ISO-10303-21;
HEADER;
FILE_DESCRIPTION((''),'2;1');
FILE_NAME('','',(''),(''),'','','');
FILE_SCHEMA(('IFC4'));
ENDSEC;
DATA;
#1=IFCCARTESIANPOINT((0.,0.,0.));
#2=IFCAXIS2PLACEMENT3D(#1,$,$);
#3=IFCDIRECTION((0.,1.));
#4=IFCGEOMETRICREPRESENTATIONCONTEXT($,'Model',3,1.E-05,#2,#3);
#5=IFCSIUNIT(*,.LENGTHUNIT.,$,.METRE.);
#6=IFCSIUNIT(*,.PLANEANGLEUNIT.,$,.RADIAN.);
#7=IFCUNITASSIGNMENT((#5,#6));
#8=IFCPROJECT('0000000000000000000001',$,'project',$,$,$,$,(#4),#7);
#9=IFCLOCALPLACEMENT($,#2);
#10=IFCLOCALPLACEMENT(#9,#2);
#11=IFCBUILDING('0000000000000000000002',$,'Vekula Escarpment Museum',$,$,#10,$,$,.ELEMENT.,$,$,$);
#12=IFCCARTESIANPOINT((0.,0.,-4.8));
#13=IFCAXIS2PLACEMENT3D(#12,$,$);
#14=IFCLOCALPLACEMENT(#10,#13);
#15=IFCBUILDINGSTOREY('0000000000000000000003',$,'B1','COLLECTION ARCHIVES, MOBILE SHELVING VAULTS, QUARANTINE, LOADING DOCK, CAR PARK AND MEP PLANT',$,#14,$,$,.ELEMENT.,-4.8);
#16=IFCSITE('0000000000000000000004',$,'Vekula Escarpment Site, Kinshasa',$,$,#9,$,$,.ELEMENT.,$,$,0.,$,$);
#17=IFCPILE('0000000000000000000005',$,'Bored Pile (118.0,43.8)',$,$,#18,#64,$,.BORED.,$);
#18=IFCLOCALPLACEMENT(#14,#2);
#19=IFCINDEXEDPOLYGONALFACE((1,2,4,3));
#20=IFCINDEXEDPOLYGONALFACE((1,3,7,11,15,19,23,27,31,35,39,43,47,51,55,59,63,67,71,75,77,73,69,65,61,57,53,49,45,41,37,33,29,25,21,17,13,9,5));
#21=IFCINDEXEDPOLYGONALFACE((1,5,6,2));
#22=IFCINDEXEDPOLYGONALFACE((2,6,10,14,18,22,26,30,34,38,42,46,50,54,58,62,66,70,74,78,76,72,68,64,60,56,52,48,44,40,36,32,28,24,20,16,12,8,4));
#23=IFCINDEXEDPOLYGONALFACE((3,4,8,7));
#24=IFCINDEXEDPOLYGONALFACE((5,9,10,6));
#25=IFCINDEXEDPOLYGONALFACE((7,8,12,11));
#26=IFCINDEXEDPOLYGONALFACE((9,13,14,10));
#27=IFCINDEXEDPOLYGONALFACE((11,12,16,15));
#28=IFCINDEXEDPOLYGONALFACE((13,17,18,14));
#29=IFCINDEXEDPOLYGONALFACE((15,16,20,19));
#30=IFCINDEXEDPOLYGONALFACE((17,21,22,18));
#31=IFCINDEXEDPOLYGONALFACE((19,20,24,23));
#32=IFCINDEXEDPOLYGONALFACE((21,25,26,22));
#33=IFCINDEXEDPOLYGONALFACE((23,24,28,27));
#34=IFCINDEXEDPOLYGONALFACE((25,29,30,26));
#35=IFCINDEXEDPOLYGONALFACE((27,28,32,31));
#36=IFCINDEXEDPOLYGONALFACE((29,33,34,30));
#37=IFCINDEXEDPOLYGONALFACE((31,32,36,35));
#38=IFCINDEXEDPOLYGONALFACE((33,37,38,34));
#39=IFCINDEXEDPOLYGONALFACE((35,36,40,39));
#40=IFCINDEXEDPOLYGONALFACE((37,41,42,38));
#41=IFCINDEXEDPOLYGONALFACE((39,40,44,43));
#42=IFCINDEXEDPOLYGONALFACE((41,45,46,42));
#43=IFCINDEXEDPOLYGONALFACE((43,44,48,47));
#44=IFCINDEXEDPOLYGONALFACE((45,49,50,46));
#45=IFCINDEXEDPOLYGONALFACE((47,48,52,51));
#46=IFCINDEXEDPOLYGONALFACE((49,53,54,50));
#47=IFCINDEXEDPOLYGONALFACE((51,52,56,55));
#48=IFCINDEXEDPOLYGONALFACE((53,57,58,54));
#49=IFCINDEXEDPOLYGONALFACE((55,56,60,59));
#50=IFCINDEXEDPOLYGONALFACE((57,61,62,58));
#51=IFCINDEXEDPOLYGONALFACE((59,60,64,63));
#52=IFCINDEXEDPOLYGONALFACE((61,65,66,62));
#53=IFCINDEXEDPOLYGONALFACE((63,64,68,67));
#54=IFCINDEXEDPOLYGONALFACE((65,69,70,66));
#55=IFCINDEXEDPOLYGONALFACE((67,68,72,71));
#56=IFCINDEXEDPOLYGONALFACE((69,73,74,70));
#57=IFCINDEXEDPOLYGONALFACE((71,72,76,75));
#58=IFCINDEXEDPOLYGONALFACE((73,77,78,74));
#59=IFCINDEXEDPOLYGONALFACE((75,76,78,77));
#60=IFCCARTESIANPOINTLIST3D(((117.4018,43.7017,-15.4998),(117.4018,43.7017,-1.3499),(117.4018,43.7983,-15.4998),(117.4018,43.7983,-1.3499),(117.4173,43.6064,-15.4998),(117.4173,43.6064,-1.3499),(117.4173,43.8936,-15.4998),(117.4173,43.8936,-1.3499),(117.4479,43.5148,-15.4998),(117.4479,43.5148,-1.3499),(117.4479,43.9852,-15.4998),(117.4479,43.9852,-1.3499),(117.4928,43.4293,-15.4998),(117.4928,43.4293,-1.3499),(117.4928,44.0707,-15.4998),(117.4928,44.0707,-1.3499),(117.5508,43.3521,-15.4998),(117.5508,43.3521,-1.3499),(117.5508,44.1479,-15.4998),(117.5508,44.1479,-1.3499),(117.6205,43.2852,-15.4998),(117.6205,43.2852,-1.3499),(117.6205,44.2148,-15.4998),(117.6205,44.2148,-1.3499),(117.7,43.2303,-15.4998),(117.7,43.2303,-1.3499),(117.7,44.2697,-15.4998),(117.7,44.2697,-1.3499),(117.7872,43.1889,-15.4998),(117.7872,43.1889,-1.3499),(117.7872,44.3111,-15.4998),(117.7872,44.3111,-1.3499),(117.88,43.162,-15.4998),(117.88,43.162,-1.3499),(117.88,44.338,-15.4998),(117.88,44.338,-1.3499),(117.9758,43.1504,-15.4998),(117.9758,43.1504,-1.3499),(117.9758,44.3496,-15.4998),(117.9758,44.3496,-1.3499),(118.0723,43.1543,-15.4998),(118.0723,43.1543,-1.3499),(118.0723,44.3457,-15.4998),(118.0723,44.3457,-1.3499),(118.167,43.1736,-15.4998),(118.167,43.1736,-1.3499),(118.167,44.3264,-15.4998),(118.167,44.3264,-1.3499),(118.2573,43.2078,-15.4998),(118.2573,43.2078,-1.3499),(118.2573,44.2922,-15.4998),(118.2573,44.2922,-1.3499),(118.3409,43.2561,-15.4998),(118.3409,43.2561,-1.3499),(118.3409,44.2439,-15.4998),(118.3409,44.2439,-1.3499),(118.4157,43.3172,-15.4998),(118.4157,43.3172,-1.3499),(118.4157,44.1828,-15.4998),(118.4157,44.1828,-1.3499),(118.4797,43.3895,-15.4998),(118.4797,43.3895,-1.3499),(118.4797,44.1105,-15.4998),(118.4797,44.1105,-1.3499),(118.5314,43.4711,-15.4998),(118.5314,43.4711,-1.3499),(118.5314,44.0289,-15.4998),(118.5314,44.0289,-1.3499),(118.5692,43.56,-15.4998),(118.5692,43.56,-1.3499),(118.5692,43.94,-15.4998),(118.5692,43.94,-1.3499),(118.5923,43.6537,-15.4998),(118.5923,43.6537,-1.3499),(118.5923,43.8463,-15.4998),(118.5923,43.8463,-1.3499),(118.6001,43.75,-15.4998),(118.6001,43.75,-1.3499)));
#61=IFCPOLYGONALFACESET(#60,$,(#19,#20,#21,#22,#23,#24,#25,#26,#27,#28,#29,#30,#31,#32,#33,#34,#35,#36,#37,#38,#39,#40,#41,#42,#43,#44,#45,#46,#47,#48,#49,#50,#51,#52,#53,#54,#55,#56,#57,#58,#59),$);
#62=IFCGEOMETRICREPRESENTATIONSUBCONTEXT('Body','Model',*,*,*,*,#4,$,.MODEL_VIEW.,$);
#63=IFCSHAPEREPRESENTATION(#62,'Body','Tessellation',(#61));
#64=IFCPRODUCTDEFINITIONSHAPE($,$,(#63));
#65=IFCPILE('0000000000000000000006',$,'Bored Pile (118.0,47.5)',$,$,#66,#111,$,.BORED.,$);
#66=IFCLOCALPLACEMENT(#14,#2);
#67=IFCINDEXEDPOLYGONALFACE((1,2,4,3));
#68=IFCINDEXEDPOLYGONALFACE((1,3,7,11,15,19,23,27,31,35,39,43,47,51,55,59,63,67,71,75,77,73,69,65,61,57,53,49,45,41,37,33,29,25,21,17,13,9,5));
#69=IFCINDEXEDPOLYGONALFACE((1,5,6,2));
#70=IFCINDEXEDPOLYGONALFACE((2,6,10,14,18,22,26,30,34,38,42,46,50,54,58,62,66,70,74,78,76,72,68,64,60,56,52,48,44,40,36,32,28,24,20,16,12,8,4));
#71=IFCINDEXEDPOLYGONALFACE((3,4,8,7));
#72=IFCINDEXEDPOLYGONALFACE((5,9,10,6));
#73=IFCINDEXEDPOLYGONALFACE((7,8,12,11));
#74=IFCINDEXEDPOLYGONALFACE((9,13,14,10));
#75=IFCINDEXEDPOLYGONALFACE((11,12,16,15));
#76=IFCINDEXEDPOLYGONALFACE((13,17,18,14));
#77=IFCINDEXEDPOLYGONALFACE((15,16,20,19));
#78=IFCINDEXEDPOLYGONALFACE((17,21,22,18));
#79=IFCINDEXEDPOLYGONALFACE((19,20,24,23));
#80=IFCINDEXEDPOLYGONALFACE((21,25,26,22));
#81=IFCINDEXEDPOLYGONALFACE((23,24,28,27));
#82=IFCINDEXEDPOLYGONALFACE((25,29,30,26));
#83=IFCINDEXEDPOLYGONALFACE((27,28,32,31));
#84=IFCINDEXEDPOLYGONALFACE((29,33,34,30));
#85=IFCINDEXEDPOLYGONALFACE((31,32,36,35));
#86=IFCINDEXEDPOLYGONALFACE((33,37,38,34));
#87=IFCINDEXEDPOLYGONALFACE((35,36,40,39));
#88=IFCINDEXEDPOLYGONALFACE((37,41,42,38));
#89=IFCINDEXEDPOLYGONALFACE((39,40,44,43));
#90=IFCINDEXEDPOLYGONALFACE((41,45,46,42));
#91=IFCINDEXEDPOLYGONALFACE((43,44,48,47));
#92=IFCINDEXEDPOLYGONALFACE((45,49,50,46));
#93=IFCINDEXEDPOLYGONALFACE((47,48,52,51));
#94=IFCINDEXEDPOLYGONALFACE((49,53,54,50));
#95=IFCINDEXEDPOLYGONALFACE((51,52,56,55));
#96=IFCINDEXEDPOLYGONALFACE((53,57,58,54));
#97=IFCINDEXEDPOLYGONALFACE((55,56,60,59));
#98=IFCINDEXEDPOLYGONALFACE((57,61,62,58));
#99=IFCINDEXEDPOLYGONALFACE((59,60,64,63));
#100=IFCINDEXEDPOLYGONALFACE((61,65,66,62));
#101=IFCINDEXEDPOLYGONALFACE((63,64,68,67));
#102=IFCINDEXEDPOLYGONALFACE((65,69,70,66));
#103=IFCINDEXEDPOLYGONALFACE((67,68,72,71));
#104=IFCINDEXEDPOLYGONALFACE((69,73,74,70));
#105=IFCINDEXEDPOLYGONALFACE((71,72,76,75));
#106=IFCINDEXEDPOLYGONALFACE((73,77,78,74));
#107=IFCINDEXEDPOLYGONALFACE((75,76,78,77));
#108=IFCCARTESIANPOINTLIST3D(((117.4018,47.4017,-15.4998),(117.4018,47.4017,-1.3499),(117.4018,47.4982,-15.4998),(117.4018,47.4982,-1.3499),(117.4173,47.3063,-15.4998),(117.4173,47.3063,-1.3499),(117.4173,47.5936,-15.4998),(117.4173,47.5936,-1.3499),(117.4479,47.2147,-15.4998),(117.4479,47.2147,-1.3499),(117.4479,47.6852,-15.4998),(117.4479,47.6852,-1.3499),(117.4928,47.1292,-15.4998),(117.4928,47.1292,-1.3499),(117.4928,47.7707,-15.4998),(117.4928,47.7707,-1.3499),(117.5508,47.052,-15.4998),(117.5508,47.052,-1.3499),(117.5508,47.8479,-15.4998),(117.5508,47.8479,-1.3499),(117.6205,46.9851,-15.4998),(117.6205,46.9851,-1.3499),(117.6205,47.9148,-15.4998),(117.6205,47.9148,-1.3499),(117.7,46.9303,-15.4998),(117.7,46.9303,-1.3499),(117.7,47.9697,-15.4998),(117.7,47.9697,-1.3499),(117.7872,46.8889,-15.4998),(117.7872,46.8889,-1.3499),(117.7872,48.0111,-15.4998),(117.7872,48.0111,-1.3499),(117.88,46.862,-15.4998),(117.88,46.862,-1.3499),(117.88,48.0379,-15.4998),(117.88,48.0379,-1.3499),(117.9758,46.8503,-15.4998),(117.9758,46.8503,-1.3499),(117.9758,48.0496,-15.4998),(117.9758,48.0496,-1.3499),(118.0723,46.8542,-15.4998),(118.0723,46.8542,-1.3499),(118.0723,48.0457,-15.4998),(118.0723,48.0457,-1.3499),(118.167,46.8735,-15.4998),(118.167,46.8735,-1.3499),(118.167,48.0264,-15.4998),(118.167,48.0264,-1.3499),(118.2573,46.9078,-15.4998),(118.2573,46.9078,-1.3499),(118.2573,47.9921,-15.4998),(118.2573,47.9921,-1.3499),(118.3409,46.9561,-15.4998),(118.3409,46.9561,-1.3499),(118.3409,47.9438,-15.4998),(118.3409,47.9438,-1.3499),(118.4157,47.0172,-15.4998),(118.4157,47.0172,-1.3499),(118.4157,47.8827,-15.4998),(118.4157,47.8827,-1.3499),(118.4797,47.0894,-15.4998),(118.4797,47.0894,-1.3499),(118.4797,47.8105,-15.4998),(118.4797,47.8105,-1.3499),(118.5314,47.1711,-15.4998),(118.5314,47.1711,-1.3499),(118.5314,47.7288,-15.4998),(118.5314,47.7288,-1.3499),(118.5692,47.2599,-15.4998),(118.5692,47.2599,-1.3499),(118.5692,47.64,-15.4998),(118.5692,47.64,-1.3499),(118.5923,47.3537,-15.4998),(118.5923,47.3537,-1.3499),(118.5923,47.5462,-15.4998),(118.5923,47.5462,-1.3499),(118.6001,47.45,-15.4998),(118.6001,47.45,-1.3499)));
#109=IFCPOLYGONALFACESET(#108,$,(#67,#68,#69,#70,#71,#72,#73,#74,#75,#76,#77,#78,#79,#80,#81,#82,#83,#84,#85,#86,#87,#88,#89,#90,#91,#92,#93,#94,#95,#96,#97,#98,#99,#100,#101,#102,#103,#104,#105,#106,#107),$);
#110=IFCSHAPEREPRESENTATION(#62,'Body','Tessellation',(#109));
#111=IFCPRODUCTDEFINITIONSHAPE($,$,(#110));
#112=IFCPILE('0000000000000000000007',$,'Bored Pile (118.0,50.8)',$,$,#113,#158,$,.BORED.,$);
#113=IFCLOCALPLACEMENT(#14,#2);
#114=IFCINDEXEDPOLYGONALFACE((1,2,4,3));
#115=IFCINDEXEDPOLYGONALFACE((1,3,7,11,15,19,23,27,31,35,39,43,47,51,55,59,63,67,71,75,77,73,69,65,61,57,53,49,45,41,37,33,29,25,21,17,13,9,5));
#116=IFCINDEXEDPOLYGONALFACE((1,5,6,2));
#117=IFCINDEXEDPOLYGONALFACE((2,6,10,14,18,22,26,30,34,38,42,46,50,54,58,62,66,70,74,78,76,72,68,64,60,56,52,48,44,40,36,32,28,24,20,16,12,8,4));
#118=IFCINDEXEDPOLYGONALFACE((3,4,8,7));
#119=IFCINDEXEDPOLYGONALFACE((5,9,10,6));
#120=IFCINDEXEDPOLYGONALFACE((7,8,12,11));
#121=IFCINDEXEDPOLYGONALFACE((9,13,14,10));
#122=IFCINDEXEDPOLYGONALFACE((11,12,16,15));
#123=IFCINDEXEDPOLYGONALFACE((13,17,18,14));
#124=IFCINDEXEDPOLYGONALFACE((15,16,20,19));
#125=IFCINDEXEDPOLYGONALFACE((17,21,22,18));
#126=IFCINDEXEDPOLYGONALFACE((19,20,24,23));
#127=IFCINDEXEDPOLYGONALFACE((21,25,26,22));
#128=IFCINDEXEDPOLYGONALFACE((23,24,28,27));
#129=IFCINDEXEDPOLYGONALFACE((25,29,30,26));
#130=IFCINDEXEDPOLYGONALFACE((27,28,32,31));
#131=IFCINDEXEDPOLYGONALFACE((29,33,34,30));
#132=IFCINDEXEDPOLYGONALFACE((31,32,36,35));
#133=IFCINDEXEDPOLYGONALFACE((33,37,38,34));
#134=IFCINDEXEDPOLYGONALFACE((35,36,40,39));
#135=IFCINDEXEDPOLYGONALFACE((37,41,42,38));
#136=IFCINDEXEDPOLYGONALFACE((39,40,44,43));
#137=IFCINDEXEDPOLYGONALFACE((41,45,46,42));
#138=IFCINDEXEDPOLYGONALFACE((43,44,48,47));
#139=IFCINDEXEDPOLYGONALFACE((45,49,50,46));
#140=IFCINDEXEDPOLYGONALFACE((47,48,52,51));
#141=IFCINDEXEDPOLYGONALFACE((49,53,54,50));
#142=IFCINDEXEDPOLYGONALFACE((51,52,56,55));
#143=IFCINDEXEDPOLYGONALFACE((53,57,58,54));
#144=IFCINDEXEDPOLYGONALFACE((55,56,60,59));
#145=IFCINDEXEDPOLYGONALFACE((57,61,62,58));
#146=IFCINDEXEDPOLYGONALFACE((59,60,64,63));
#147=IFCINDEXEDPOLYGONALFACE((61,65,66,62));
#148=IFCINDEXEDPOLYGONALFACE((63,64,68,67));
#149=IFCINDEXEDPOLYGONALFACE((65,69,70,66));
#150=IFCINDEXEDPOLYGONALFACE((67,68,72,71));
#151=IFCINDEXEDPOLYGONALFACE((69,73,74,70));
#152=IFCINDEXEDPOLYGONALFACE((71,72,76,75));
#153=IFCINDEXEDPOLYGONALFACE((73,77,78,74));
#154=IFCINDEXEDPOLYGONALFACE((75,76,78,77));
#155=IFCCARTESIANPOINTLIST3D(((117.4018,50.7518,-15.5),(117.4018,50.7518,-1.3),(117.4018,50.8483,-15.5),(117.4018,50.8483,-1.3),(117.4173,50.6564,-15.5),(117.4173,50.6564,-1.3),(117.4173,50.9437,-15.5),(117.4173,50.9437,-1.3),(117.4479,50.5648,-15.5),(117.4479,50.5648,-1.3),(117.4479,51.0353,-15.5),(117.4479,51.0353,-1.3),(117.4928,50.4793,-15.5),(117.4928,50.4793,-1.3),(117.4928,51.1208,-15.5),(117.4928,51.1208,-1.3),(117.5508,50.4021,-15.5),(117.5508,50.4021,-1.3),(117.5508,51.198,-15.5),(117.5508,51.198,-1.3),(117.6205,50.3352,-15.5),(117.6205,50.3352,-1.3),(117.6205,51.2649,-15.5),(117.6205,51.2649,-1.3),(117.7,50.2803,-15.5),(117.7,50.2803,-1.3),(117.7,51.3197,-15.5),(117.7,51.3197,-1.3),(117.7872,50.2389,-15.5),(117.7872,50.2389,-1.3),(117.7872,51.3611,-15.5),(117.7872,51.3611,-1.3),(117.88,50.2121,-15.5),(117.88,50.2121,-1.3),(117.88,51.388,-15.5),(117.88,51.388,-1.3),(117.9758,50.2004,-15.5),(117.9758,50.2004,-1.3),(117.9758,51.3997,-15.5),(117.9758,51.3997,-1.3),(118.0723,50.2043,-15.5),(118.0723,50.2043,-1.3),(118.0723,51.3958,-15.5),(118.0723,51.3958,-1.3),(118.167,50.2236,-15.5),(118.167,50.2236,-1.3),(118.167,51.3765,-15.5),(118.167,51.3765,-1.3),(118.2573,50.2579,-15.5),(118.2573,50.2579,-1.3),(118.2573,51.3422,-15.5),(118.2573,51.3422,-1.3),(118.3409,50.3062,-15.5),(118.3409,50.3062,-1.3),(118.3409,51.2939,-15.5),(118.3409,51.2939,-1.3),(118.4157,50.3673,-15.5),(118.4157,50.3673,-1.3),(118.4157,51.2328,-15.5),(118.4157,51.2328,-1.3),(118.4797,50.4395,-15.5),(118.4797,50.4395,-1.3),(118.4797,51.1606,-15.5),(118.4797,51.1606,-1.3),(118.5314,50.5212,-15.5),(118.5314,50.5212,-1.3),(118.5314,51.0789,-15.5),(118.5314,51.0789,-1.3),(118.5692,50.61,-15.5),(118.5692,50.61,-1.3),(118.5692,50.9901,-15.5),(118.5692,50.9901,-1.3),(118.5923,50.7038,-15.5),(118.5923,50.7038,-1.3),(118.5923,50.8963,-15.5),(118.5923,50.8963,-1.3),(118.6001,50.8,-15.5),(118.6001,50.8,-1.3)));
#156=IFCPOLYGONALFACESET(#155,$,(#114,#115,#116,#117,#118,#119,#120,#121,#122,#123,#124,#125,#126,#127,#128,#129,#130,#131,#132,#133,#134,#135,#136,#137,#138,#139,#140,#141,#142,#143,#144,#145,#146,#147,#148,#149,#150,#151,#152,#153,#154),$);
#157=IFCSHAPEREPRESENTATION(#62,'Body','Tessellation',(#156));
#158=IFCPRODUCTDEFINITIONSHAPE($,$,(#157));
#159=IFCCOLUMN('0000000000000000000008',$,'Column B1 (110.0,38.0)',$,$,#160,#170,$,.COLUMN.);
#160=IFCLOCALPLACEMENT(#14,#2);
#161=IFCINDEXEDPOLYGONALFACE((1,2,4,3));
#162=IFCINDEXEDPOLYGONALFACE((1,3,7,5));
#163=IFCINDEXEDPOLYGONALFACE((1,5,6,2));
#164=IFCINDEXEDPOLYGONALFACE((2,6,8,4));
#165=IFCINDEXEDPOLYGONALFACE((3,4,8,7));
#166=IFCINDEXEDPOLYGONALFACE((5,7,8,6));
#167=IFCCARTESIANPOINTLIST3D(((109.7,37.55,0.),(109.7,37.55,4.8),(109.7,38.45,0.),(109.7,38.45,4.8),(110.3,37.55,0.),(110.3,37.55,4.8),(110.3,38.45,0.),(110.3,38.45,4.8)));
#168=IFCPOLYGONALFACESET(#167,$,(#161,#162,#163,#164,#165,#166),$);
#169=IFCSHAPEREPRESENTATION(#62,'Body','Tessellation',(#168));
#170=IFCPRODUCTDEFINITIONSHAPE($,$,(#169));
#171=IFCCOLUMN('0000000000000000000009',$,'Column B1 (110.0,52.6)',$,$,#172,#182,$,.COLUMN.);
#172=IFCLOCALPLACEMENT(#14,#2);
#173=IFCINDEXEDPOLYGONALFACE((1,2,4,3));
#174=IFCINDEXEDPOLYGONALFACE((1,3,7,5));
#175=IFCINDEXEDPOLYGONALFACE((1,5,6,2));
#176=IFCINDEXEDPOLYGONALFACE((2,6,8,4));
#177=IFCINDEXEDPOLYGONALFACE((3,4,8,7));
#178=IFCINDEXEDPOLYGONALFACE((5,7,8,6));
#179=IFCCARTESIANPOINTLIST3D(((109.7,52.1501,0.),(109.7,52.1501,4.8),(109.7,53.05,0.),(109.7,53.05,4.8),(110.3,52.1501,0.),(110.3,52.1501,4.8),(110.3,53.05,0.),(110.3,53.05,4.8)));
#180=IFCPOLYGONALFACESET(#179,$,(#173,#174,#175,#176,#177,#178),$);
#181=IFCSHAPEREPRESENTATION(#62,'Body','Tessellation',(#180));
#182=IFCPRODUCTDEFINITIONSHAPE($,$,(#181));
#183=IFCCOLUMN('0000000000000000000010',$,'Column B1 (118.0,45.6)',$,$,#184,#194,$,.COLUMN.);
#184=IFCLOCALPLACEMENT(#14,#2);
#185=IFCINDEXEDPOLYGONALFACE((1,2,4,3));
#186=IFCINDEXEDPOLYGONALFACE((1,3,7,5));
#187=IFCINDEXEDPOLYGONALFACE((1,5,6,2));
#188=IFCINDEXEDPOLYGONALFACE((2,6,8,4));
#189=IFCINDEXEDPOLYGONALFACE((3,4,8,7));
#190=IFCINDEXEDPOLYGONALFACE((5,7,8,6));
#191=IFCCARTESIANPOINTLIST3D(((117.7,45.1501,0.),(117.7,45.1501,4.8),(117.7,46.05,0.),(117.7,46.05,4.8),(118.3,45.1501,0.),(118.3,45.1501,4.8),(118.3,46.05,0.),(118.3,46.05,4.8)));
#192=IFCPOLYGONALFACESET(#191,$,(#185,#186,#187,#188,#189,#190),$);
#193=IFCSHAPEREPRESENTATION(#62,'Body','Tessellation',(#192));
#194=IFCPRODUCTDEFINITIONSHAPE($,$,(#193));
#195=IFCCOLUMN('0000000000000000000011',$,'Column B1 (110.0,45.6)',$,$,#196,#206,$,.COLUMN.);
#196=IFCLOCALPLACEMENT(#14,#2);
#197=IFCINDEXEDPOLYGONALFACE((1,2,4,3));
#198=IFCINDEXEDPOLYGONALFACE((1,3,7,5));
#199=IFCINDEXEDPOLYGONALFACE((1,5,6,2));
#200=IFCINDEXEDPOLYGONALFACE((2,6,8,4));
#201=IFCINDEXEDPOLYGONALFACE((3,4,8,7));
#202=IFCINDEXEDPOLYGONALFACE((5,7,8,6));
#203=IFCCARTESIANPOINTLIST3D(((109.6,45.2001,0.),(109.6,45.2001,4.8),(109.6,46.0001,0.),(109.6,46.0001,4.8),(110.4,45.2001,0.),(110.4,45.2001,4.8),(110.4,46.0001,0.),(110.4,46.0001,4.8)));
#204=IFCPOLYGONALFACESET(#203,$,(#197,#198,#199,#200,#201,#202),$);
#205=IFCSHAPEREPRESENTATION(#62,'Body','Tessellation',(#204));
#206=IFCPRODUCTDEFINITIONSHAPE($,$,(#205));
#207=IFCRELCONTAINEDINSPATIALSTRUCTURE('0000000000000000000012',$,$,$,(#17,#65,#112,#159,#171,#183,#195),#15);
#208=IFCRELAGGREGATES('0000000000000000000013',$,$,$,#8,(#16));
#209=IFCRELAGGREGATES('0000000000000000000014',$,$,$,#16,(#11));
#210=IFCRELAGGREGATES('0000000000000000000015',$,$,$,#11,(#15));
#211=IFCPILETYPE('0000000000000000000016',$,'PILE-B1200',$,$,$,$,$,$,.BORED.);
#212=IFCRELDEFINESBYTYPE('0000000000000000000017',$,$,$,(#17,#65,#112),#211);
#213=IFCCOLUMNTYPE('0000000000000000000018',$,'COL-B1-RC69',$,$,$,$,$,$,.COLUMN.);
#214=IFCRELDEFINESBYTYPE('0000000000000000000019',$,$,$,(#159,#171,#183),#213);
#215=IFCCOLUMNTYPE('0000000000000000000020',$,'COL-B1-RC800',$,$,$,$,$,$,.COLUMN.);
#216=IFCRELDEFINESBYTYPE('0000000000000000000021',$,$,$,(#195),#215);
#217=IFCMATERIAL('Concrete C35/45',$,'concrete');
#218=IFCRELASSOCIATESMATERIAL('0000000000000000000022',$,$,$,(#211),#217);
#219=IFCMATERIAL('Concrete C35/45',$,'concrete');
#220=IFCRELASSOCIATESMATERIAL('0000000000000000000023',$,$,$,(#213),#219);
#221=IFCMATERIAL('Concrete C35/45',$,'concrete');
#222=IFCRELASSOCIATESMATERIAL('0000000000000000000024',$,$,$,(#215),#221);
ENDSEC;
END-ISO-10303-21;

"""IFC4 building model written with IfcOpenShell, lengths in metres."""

from ifc_helpers import new_model, si_unit, direction, frame, origin, origin_2d, place, context, subcontext, project, spatial, rectangle, circle, extrude, material, material_profile, profile_set, type_object, element, save


model = new_model("IFC4")

# Units and contexts
model_context = context("Model", 3, precision=1e-05, world=origin(), true_north=direction((0.0, 1.0)))
body_context = subcontext(model_context, "Body", "Model", "MODEL_VIEW")
ifc_project = project(units=[si_unit("LENGTHUNIT", "METRE"), si_unit("PLANEANGLEUNIT", "RADIAN")], contexts=[model_context])

# Site, building, storey
site_placement = place(None, origin())
site = spatial("IfcSite", under=ifc_project, at=site_placement, Name="Vekula Escarpment Site, Kinshasa", CompositionType="ELEMENT", RefElevation=0.0)
building_placement = place(site_placement, origin())
building = spatial("IfcBuilding", under=site, at=building_placement, Name="Vekula Escarpment Museum", CompositionType="ELEMENT")
storey_placement = place(building_placement, frame((0.0, 0.0, -4.8)))
storey = spatial("IfcBuildingStorey", under=building, at=storey_placement, Name="B1", Description="COLLECTION ARCHIVES, MOBILE SHELVING VAULTS, QUARANTINE, LOADING DOCK, CAR PARK AND MEP PLANT", CompositionType="ELEMENT", Elevation=-4.8)

# Piles
ifc_material_1 = material(Name="Concrete C35/45", Category="concrete")
ifc_material_profile_1 = material_profile(ifc_material_1, circle(Radius=0.6001, at=origin_2d()), Name="BORED PILE 1200")
ifc_profile_set_1 = profile_set([ifc_material_profile_1], Name="Concrete C35/45")
pile_type = type_object("IfcPileType", Name="PILE-B1200", PredefinedType="BORED", material=ifc_profile_set_1)
for number, where, z_axis, x_axis, name in (
    (1, (118.0, 43.75, -1.3499), (0.0, 0.0, -1.0), (1.0, 0.0, 0.0), "Bored Pile (118.0,43.8)"),
    (2, (118.0, 47.45, -1.3499), (0.0, 0.0, -1.0), (1.0, 0.0, 0.0), "Bored Pile (118.0,47.5)"),
):
    element("IfcPile", number, at=place(storey_placement, frame(where, z_axis=z_axis, x_axis=x_axis)), inside=storey, type_object=pile_type, Name=name, PredefinedType="BORED", context=body_context, shape_type="SweptSolid", body=[
        extrude(circle(Radius=0.6001, at=origin_2d()), origin(), (0.0, 0.0, 1.0), 14.1499),
    ])
pile_placement = place(storey_placement, frame((118.0, 50.8, -1.3), z_axis=(0.0, 0.0, -1.0), x_axis=(1.0, 0.0, 0.0)))
element("IfcPile", 3, at=pile_placement, inside=storey, type_object=pile_type, Name="Bored Pile (118.0,50.8)", PredefinedType="BORED", context=body_context, shape_type="SweptSolid", body=[
    extrude(circle(Radius=0.6001, at=origin_2d()), origin(), (0.0, 0.0, 1.0), 14.2),
])

# Columns
ifc_material_2 = material(Name="Concrete C35/45", Category="concrete")
ifc_material_profile_2 = material_profile(ifc_material_2, rectangle(XDim=0.6001, YDim=0.8999, at=origin_2d()), Name="RC 600x900")
ifc_profile_set_2 = profile_set([ifc_material_profile_2], Name="Concrete C35/45")
column_type_1 = type_object("IfcColumnType", Name="COL-B1-RC69", PredefinedType="COLUMN", material=ifc_profile_set_2)
for number, where, z_axis, x_axis, name in (
    (4, (110.0, 38.0, 0.0), (0.0, 0.0, 1.0), (1.0, 0.0, 0.0), "Column B1 (110.0,38.0)"),
    (5, (110.0, 52.6001, 0.0), (0.0, 0.0, 1.0), (1.0, 0.0, 0.0), "Column B1 (110.0,52.6)"),
    (6, (118.0, 45.6001, 0.0), (0.0, 0.0, 1.0), (1.0, 0.0, 0.0), "Column B1 (118.0,45.6)"),
):
    element("IfcColumn", number, at=place(storey_placement, frame(where, z_axis=z_axis, x_axis=x_axis)), inside=storey, type_object=column_type_1, Name=name, PredefinedType="COLUMN", context=body_context, shape_type="SweptSolid", body=[
        extrude(rectangle(XDim=0.6001, YDim=0.8999, at=origin_2d()), origin(), (0.0, 0.0, 1.0), 4.8),
    ])
ifc_material_3 = material(Name="Concrete C35/45", Category="concrete")
ifc_material_profile_3 = material_profile(ifc_material_3, rectangle(XDim=0.8, YDim=0.8, at=origin_2d()), Name="RC 800x800")
ifc_profile_set_3 = profile_set([ifc_material_profile_3], Name="Concrete C35/45")
column_type_2 = type_object("IfcColumnType", Name="COL-B1-RC800", PredefinedType="COLUMN", material=ifc_profile_set_3)
for number, where, z_axis, x_axis, name in (
    (7, (110.0, 45.6001, 0.0), (0.0, 0.0, 1.0), (1.0, 0.0, 0.0), "Column B1 (110.0,45.6)"),
):
    element("IfcColumn", number, at=place(storey_placement, frame(where, z_axis=z_axis, x_axis=x_axis)), inside=storey, type_object=column_type_2, Name=name, PredefinedType="COLUMN", context=body_context, shape_type="SweptSolid", body=[
        extrude(rectangle(XDim=0.8, YDim=0.8, at=origin_2d()), origin(), (0.0, 0.0, 1.0), 4.8),
    ])

save(model, "model.ifc")
